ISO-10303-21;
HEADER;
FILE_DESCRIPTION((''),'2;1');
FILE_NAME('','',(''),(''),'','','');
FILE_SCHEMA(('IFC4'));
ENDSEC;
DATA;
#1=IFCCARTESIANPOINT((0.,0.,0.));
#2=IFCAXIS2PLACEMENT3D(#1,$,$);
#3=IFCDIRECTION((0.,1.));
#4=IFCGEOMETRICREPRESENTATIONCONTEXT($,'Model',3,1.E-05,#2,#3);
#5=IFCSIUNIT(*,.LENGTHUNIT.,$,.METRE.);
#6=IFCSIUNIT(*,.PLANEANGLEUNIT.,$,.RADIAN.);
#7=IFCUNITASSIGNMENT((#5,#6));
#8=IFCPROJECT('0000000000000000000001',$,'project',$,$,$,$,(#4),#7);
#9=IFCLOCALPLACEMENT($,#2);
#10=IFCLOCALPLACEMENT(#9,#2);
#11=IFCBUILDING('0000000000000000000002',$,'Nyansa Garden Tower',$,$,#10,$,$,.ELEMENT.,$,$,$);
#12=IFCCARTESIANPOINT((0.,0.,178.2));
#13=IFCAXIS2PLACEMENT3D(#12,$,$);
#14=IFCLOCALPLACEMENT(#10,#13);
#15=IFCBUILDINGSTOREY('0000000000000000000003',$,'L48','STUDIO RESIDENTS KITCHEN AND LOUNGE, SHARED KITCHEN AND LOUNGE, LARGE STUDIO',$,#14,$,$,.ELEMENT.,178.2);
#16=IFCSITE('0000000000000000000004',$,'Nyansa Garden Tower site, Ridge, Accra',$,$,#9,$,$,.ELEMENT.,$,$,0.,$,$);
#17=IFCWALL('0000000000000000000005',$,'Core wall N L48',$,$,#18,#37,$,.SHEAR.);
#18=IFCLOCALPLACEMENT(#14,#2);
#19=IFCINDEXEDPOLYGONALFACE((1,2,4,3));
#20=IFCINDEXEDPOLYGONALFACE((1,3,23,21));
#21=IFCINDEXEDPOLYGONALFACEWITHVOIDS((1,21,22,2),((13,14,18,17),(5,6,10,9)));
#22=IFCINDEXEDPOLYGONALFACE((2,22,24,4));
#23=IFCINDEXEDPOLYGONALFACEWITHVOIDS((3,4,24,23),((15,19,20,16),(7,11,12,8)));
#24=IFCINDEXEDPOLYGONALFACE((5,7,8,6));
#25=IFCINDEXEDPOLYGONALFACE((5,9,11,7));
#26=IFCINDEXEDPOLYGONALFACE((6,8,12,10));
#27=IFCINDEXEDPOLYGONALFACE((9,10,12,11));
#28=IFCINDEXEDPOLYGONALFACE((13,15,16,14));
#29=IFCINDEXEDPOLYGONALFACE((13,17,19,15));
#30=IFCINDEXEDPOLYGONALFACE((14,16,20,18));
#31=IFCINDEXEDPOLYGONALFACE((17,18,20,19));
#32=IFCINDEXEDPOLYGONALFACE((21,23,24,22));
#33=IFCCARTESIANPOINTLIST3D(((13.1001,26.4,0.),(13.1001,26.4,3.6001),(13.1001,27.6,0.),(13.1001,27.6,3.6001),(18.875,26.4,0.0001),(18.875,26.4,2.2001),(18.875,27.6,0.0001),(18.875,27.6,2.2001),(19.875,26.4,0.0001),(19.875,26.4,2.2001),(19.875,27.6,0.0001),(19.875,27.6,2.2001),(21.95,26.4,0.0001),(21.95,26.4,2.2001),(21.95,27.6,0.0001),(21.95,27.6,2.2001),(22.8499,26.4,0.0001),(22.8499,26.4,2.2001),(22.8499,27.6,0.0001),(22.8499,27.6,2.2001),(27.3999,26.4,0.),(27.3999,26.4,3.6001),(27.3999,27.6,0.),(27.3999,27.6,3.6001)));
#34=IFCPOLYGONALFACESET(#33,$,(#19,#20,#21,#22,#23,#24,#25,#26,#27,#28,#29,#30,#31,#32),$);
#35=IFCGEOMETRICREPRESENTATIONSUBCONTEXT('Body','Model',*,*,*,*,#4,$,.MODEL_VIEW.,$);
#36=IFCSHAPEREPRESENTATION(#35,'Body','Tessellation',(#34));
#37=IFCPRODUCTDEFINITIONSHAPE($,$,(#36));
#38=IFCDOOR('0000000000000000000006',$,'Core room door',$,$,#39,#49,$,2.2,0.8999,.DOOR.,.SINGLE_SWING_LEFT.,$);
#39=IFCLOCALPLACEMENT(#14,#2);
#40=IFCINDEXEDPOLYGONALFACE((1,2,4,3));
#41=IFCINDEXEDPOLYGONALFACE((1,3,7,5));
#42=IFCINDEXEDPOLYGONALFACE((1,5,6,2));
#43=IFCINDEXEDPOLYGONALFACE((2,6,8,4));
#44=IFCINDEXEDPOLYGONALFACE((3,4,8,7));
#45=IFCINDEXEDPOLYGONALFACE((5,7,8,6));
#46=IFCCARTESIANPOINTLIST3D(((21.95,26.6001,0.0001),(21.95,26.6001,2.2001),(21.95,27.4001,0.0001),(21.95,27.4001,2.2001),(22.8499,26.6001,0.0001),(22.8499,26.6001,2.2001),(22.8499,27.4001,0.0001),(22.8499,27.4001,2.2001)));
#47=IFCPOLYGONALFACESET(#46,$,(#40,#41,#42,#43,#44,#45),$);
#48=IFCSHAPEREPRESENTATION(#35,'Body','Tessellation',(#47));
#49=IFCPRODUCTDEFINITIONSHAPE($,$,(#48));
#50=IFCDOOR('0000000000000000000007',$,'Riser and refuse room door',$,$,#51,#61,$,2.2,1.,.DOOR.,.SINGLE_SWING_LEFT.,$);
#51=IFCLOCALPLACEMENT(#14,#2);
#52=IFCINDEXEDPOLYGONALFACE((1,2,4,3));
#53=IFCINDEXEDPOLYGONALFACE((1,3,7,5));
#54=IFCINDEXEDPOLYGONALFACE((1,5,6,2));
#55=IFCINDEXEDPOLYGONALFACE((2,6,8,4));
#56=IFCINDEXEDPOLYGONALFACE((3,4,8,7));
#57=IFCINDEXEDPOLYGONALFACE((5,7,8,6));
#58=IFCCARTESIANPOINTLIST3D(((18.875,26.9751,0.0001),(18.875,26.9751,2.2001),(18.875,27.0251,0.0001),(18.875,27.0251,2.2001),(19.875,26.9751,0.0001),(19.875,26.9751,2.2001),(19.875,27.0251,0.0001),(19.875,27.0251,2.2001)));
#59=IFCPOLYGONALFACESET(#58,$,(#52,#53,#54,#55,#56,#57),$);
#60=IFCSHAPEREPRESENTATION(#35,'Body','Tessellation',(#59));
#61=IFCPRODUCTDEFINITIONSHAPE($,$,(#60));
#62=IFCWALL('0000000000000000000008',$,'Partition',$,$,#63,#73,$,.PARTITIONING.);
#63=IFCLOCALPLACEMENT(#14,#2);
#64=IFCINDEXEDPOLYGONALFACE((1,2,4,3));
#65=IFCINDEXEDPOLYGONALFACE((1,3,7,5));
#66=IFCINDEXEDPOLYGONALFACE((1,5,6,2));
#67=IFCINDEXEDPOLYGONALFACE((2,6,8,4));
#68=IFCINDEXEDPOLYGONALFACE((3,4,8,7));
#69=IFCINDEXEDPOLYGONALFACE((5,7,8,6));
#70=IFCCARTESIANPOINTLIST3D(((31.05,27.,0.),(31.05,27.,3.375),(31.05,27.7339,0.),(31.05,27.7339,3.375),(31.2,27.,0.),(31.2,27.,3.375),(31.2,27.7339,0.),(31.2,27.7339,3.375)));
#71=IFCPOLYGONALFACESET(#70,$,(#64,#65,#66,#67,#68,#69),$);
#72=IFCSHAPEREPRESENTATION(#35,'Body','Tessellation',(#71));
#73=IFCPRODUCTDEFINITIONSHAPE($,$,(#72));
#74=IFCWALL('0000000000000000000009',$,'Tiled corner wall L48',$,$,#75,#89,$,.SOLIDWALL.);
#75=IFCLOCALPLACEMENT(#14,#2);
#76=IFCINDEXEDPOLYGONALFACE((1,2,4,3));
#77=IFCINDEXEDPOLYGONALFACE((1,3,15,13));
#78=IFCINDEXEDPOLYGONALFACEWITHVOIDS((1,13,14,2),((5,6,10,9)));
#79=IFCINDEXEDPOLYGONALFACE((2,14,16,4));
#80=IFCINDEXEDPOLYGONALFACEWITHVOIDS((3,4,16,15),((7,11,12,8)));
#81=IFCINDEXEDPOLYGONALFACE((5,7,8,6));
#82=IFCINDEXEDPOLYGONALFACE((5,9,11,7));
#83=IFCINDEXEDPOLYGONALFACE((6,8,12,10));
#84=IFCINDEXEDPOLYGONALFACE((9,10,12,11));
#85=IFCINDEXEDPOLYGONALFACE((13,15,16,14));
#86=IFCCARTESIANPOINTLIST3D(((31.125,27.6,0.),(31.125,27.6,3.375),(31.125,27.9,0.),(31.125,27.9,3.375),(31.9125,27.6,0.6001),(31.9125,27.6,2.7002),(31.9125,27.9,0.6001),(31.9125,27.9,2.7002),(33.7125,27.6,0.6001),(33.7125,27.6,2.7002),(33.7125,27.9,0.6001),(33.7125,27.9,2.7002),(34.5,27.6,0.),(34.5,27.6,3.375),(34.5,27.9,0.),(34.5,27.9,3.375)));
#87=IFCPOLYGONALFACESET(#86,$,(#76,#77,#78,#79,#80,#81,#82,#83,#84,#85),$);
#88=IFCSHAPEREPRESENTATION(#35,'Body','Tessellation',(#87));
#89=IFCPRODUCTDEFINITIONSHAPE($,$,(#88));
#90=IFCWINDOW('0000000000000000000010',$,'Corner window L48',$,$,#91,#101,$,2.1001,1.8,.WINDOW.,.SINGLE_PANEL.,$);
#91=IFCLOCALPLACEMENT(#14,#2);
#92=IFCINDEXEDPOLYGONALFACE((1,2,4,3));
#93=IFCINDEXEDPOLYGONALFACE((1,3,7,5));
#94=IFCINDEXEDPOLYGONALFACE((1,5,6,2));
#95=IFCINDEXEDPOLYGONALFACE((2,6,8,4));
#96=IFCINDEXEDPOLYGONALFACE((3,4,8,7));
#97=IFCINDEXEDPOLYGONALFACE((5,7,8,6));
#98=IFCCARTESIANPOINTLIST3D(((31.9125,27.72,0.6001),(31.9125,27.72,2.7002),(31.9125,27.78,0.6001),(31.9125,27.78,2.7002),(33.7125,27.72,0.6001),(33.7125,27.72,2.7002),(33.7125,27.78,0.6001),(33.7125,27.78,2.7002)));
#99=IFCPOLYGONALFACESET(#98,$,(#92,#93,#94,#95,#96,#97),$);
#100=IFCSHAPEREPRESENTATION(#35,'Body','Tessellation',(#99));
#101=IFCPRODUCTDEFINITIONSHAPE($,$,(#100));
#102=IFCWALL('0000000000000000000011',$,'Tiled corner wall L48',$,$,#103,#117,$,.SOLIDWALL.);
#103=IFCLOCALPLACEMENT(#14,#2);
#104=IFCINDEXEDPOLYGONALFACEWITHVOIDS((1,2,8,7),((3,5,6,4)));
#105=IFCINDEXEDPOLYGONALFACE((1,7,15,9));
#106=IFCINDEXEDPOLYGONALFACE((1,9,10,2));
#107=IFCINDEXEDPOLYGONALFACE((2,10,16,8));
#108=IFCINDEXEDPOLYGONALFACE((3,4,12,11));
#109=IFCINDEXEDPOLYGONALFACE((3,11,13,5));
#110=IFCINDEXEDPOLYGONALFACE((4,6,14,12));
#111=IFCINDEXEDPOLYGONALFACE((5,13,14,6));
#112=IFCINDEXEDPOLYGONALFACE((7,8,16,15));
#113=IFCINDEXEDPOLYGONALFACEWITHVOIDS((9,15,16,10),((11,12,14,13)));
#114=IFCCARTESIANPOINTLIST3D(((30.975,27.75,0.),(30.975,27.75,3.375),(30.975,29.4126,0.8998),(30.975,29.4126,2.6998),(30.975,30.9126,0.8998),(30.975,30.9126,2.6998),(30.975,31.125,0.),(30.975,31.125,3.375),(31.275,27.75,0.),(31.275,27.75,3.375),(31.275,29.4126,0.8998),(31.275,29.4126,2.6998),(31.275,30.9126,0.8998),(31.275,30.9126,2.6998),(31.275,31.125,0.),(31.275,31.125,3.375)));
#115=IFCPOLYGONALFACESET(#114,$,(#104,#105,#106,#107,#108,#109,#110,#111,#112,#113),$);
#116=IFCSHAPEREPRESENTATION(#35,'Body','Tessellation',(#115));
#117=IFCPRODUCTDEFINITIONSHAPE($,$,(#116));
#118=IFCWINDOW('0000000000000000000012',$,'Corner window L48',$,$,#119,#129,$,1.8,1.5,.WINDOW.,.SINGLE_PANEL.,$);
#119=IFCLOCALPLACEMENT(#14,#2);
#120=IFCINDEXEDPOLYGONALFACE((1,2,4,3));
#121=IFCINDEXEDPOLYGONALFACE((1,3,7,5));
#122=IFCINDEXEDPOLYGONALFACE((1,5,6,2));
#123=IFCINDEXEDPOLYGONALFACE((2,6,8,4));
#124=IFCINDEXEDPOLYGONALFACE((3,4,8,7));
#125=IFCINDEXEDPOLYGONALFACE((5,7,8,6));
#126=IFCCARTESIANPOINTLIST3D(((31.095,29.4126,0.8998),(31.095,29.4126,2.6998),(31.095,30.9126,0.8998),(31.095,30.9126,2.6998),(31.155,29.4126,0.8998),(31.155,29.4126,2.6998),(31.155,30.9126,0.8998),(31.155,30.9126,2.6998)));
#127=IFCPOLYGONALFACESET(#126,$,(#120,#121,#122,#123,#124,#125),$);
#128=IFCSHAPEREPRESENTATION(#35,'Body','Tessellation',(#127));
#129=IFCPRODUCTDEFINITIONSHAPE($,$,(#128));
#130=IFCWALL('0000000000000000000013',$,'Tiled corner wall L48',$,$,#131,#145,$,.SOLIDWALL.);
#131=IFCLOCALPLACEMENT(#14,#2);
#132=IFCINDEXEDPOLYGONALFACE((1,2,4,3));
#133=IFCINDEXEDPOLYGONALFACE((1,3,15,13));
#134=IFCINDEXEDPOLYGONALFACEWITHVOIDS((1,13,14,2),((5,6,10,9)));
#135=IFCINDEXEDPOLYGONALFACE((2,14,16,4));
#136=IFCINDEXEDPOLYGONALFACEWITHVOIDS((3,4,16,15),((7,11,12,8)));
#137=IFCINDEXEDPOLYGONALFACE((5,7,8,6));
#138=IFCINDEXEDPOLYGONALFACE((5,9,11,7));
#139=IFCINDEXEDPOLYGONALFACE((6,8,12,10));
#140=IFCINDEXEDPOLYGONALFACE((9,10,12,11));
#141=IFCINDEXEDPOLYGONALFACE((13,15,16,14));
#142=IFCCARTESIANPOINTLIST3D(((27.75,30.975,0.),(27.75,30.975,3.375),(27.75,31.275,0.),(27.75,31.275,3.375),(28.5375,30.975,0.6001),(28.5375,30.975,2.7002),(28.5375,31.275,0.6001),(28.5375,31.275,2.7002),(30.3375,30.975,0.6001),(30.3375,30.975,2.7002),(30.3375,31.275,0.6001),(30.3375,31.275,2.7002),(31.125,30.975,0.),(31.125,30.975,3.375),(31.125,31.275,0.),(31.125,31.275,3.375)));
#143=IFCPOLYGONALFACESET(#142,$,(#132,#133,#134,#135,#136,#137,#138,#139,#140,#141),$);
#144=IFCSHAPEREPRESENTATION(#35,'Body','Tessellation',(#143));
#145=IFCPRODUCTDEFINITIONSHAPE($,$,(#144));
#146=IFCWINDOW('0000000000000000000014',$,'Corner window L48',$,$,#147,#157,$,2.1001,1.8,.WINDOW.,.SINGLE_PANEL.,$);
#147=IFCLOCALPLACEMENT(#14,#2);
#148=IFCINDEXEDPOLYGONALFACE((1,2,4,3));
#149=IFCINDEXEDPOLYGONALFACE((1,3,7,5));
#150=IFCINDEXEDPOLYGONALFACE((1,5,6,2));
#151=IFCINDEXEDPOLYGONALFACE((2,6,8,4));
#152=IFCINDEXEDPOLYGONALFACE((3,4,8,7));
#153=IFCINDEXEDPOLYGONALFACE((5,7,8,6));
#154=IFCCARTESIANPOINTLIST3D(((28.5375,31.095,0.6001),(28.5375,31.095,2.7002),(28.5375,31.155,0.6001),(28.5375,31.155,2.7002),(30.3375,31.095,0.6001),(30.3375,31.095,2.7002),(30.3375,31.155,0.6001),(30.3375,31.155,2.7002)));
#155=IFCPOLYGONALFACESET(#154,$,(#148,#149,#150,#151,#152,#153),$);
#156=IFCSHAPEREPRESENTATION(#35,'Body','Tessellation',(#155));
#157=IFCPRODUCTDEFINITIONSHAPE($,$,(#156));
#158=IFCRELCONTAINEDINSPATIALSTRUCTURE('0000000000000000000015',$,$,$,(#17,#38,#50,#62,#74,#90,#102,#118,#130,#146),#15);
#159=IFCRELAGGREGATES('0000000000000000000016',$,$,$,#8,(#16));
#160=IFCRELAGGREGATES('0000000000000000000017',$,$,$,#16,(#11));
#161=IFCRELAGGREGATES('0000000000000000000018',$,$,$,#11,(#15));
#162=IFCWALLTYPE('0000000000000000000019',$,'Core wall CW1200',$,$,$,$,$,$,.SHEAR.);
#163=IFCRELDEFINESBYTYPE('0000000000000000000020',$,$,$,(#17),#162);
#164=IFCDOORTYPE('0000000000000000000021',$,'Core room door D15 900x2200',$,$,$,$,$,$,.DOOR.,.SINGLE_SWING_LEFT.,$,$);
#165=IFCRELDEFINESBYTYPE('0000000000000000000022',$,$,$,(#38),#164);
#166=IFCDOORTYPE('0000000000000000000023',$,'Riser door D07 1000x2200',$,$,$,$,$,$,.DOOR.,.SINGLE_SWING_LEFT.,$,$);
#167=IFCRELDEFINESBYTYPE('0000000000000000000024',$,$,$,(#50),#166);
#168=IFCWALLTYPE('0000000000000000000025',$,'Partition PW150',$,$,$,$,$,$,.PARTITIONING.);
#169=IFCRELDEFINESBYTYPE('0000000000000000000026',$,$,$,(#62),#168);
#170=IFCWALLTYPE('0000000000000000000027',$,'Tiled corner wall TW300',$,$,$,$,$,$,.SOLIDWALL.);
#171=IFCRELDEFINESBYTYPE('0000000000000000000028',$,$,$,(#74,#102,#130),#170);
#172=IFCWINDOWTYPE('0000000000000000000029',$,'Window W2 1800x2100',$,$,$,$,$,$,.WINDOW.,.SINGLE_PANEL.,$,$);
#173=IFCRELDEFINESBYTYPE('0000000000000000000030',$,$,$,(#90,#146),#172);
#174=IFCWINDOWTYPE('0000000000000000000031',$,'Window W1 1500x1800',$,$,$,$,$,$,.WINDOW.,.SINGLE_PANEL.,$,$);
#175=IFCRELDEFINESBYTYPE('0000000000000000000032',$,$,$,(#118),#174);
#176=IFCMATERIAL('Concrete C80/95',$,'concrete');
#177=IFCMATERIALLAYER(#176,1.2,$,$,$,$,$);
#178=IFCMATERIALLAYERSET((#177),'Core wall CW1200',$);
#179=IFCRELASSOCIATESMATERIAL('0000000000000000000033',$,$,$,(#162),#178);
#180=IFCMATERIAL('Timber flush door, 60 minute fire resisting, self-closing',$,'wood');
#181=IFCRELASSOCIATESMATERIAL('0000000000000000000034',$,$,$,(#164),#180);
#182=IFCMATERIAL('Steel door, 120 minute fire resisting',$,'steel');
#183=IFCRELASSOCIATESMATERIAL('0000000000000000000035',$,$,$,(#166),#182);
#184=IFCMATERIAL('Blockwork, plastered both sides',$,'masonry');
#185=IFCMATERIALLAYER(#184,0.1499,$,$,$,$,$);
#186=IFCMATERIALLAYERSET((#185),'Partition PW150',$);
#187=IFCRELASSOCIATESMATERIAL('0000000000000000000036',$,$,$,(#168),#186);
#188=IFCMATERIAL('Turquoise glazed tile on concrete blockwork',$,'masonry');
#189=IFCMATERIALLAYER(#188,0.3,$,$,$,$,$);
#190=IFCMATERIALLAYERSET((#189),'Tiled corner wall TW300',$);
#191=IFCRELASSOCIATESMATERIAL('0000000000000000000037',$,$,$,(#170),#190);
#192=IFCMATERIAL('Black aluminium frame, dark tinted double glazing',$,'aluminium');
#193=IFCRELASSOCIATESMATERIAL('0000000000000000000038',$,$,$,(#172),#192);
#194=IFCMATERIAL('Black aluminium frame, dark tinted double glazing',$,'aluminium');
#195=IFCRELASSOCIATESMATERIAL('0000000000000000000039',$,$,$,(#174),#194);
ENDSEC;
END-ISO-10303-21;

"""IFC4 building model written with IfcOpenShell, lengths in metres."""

from ifc_helpers import new_model, si_unit, direction, frame, frame_2d, origin, place, context, subcontext, project, spatial, rectangle, extrude, material, layer, layer_set, type_object, element, fill, save


model = new_model("IFC4")

# Units and contexts
model_context = context("Model", 3, precision=1e-05, world=origin(), true_north=direction((0.0, 1.0)))
body_context = subcontext(model_context, "Body", "Model", "MODEL_VIEW")
ifc_project = project(units=[si_unit("LENGTHUNIT", "METRE"), si_unit("PLANEANGLEUNIT", "RADIAN")], contexts=[model_context])

# Site, building, storey
site_placement = place(None, origin())
site = spatial("IfcSite", under=ifc_project, at=site_placement, Name="Nyansa Garden Tower site, Ridge, Accra", CompositionType="ELEMENT", RefElevation=0.0)
building_placement = place(site_placement, origin())
building = spatial("IfcBuilding", under=site, at=building_placement, Name="Nyansa Garden Tower", CompositionType="ELEMENT")
storey_placement = place(building_placement, frame((0.0, 0.0, 178.2)))
storey = spatial("IfcBuildingStorey", under=building, at=storey_placement, Name="L48", Description="STUDIO RESIDENTS KITCHEN AND LOUNGE, SHARED KITCHEN AND LOUNGE, LARGE STUDIO", CompositionType="ELEMENT", Elevation=178.2)

# Wall, openings, doors
ifc_material_1 = material(Name="Concrete C80/95", Category="concrete")
ifc_layer_1 = layer(ifc_material_1, 1.2)
ifc_layer_set_1 = layer_set([ifc_layer_1], Name="Core wall CW1200")
wall_type_1 = type_object("IfcWallType", Name="Core wall CW1200", PredefinedType="SHEAR", material=ifc_layer_set_1)
wall_1_placement = place(storey_placement, frame((27.3999, 27.0, 0.0), z_axis=(0.0, 0.0, 1.0), x_axis=(-1.0, 0.0, 0.0)))
wall_1 = element("IfcWall", 1, at=wall_1_placement, inside=storey, type_object=wall_type_1, Name="Core wall N L48", PredefinedType="SHEAR", context=body_context, shape_type="SweptSolid", body=[
    extrude(rectangle(XDim=14.2998, YDim=1.2, at=frame_2d((7.1499, 0.0))), origin(), (0.0, 0.0, 1.0), 3.6001),
])
opening_1_placement = place(wall_1_placement, frame((4.55, 0.0, 0.0)))
opening_1 = element("IfcOpeningElement", 2, at=opening_1_placement, cuts=wall_1, PredefinedType="OPENING", context=body_context, shape_type="SweptSolid", body=[
    extrude(rectangle(XDim=0.8999, YDim=2.2, at=frame_2d((0.45, 1.1001))), frame((0.0, 0.6099, 0.0), z_axis=(0.0, -1.0, 0.0), x_axis=(1.0, 0.0, 0.0)), (0.0, 0.0, 1.0), 1.22),
])
opening_2_placement = place(wall_1_placement, frame((7.5249, 0.0, 0.0)))
opening_2 = element("IfcOpeningElement", 3, at=opening_2_placement, cuts=wall_1, PredefinedType="OPENING", context=body_context, shape_type="SweptSolid", body=[
    extrude(rectangle(XDim=1.0, YDim=2.2, at=frame_2d((0.5, 1.1001))), frame((0.0, 0.6099, 0.0), z_axis=(0.0, -1.0, 0.0), x_axis=(1.0, 0.0, 0.0)), (0.0, 0.0, 1.0), 1.22),
])
ifc_material_2 = material(Name="Timber flush door, 60 minute fire resisting, self-closing", Category="wood")
door_type_1 = type_object("IfcDoorType", Name="Core room door D15 900x2200", OperationType="SINGLE_SWING_LEFT", PredefinedType="DOOR", material=ifc_material_2)
door_1_placement = place(opening_1_placement, origin())
door_1 = element("IfcDoor", 4, at=door_1_placement, inside=storey, type_object=door_type_1, Name="Core room door", OperationType="SINGLE_SWING_LEFT", OverallHeight=2.2, OverallWidth=0.8999, PredefinedType="DOOR", context=body_context, shape_type="SweptSolid", body=[
    extrude(rectangle(XDim=0.8999, YDim=2.2, at=frame_2d((0.45, 1.1001))), frame((0.0, 0.3999, 0.0), z_axis=(0.0, -1.0, 0.0), x_axis=(1.0, 0.0, 0.0)), (0.0, 0.0, 1.0), 0.8),
])
fill(opening_1, door_1)
ifc_material_3 = material(Name="Steel door, 120 minute fire resisting", Category="steel")
door_type_2 = type_object("IfcDoorType", Name="Riser door D07 1000x2200", OperationType="SINGLE_SWING_LEFT", PredefinedType="DOOR", material=ifc_material_3)
door_2_placement = place(opening_2_placement, origin())
door_2 = element("IfcDoor", 5, at=door_2_placement, inside=storey, type_object=door_type_2, Name="Riser and refuse room door", OperationType="SINGLE_SWING_LEFT", OverallHeight=2.2, OverallWidth=1.0, PredefinedType="DOOR", context=body_context, shape_type="SweptSolid", body=[
    extrude(rectangle(XDim=1.0, YDim=2.2, at=frame_2d((0.5, 1.1001))), frame((0.0, 0.0249, 0.0), z_axis=(0.0, -1.0, 0.0), x_axis=(1.0, 0.0, 0.0)), (0.0, 0.0, 1.0), 0.05),
])
fill(opening_2, door_2)

# Wall
ifc_material_4 = material(Name="Blockwork, plastered both sides", Category="masonry")
ifc_layer_2 = layer(ifc_material_4, 0.1499)
ifc_layer_set_2 = layer_set([ifc_layer_2], Name="Partition PW150")
wall_type_2 = type_object("IfcWallType", Name="Partition PW150", PredefinedType="PARTITIONING", material=ifc_layer_set_2)
wall_2_placement = place(storey_placement, frame((31.125, 27.0, 0.0), z_axis=(0.0, 0.0, 1.0), x_axis=(0.0, 1.0, 0.0)))
element("IfcWall", 6, at=wall_2_placement, inside=storey, type_object=wall_type_2, Name="Partition", PredefinedType="PARTITIONING", context=body_context, shape_type="SweptSolid", body=[
    extrude(rectangle(XDim=0.7339, YDim=0.1499, at=frame_2d((0.3669, 0.0))), origin(), (0.0, 0.0, 1.0), 3.375),
])

# Walls, openings, windows
ifc_material_5 = material(Name="Turquoise glazed tile on concrete blockwork", Category="masonry")
ifc_layer_3 = layer(ifc_material_5, 0.3)
ifc_layer_set_3 = layer_set([ifc_layer_3], Name="Tiled corner wall TW300")
wall_type_3 = type_object("IfcWallType", Name="Tiled corner wall TW300", PredefinedType="SOLIDWALL", material=ifc_layer_set_3)
wall_3_placement = place(storey_placement, frame((34.5, 27.75, 0.0), z_axis=(0.0, 0.0, 1.0), x_axis=(-1.0, 0.0, 0.0)))
wall_3 = element("IfcWall", 7, at=wall_3_placement, inside=storey, type_object=wall_type_3, Name="Tiled corner wall L48", PredefinedType="SOLIDWALL", context=body_context, shape_type="SweptSolid", body=[
    extrude(rectangle(XDim=3.375, YDim=0.3, at=frame_2d((1.6875, 0.0))), origin(), (0.0, 0.0, 1.0), 3.375),
])
opening_3_placement = place(wall_3_placement, frame((0.7876, 0.0, 0.6001)))
opening_3 = element("IfcOpeningElement", 8, at=opening_3_placement, cuts=wall_3, PredefinedType="OPENING", context=body_context, shape_type="SweptSolid", body=[
    extrude(rectangle(XDim=1.8, YDim=2.1001, at=frame_2d((0.8999, 1.05))), frame((0.0, 0.1599, 0.0), z_axis=(0.0, -1.0, 0.0), x_axis=(1.0, 0.0, 0.0)), (0.0, 0.0, 1.0), 0.3201),
])
ifc_material_6 = material(Name="Black aluminium frame, dark tinted double glazing", Category="aluminium")
window_type_1 = type_object("IfcWindowType", Name="Window W2 1800x2100", PartitioningType="SINGLE_PANEL", PredefinedType="WINDOW", material=ifc_material_6)
window_1_placement = place(opening_3_placement, origin())
window_1 = element("IfcWindow", 9, at=window_1_placement, inside=storey, type_object=window_type_1, Name="Corner window L48", OverallHeight=2.1001, OverallWidth=1.8, PartitioningType="SINGLE_PANEL", PredefinedType="WINDOW", context=body_context, shape_type="SweptSolid", body=[
    extrude(rectangle(XDim=1.8, YDim=2.1001, at=frame_2d((0.8999, 1.05))), frame((0.0, 0.03, 0.0), z_axis=(0.0, -1.0, 0.0), x_axis=(1.0, 0.0, 0.0)), (0.0, 0.0, 1.0), 0.0601),
])
fill(opening_3, window_1)
wall_4_placement = place(storey_placement, frame((31.125, 27.75, 0.0), z_axis=(0.0, 0.0, 1.0), x_axis=(0.0, 1.0, 0.0)))
wall_4 = element("IfcWall", 10, at=wall_4_placement, inside=storey, type_object=wall_type_3, Name="Tiled corner wall L48", PredefinedType="SOLIDWALL", context=body_context, shape_type="SweptSolid", body=[
    extrude(rectangle(XDim=3.375, YDim=0.3, at=frame_2d((1.6875, 0.0))), origin(), (0.0, 0.0, 1.0), 3.375),
])
opening_4_placement = place(wall_4_placement, frame((1.6626, 0.0, 0.8999)))
opening_4 = element("IfcOpeningElement", 11, at=opening_4_placement, cuts=wall_4, PredefinedType="OPENING", context=body_context, shape_type="SweptSolid", body=[
    extrude(rectangle(XDim=1.5, YDim=1.8, at=frame_2d((0.75, 0.8999))), frame((0.0, 0.1599, 0.0), z_axis=(0.0, -1.0, 0.0), x_axis=(1.0, 0.0, 0.0)), (0.0, 0.0, 1.0), 0.3201),
])
ifc_material_7 = material(Name="Black aluminium frame, dark tinted double glazing", Category="aluminium")
window_type_2 = type_object("IfcWindowType", Name="Window W1 1500x1800", PartitioningType="SINGLE_PANEL", PredefinedType="WINDOW", material=ifc_material_7)
window_2_placement = place(opening_4_placement, origin())
window_2 = element("IfcWindow", 12, at=window_2_placement, inside=storey, type_object=window_type_2, Name="Corner window L48", OverallHeight=1.8, OverallWidth=1.5, PartitioningType="SINGLE_PANEL", PredefinedType="WINDOW", context=body_context, shape_type="SweptSolid", body=[
    extrude(rectangle(XDim=1.5, YDim=1.8, at=frame_2d((0.75, 0.8999))), frame((0.0, 0.03, 0.0), z_axis=(0.0, -1.0, 0.0), x_axis=(1.0, 0.0, 0.0)), (0.0, 0.0, 1.0), 0.0601),
])
fill(opening_4, window_2)
wall_5_placement = place(storey_placement, frame((31.125, 31.125, 0.0), z_axis=(0.0, 0.0, 1.0), x_axis=(-1.0, 0.0, 0.0)))
wall_5 = element("IfcWall", 13, at=wall_5_placement, inside=storey, type_object=wall_type_3, Name="Tiled corner wall L48", PredefinedType="SOLIDWALL", context=body_context, shape_type="SweptSolid", body=[
    extrude(rectangle(XDim=3.375, YDim=0.3, at=frame_2d((1.6875, 0.0))), origin(), (0.0, 0.0, 1.0), 3.375),
])
opening_5_placement = place(wall_5_placement, frame((0.7876, 0.0, 0.6001)))
opening_5 = element("IfcOpeningElement", 14, at=opening_5_placement, cuts=wall_5, PredefinedType="OPENING", context=body_context, shape_type="SweptSolid", body=[
    extrude(rectangle(XDim=1.8, YDim=2.1001, at=frame_2d((0.8999, 1.05))), frame((0.0, 0.1599, 0.0), z_axis=(0.0, -1.0, 0.0), x_axis=(1.0, 0.0, 0.0)), (0.0, 0.0, 1.0), 0.3201),
])
window_3_placement = place(opening_5_placement, origin())
window_3 = element("IfcWindow", 15, at=window_3_placement, inside=storey, type_object=window_type_1, Name="Corner window L48", OverallHeight=2.1001, OverallWidth=1.8, PartitioningType="SINGLE_PANEL", PredefinedType="WINDOW", context=body_context, shape_type="SweptSolid", body=[
    extrude(rectangle(XDim=1.8, YDim=2.1001, at=frame_2d((0.8999, 1.05))), frame((0.0, 0.03, 0.0), z_axis=(0.0, -1.0, 0.0), x_axis=(1.0, 0.0, 0.0)), (0.0, 0.0, 1.0), 0.0601),
])
fill(opening_5, window_3)

save(model, "model.ifc")
